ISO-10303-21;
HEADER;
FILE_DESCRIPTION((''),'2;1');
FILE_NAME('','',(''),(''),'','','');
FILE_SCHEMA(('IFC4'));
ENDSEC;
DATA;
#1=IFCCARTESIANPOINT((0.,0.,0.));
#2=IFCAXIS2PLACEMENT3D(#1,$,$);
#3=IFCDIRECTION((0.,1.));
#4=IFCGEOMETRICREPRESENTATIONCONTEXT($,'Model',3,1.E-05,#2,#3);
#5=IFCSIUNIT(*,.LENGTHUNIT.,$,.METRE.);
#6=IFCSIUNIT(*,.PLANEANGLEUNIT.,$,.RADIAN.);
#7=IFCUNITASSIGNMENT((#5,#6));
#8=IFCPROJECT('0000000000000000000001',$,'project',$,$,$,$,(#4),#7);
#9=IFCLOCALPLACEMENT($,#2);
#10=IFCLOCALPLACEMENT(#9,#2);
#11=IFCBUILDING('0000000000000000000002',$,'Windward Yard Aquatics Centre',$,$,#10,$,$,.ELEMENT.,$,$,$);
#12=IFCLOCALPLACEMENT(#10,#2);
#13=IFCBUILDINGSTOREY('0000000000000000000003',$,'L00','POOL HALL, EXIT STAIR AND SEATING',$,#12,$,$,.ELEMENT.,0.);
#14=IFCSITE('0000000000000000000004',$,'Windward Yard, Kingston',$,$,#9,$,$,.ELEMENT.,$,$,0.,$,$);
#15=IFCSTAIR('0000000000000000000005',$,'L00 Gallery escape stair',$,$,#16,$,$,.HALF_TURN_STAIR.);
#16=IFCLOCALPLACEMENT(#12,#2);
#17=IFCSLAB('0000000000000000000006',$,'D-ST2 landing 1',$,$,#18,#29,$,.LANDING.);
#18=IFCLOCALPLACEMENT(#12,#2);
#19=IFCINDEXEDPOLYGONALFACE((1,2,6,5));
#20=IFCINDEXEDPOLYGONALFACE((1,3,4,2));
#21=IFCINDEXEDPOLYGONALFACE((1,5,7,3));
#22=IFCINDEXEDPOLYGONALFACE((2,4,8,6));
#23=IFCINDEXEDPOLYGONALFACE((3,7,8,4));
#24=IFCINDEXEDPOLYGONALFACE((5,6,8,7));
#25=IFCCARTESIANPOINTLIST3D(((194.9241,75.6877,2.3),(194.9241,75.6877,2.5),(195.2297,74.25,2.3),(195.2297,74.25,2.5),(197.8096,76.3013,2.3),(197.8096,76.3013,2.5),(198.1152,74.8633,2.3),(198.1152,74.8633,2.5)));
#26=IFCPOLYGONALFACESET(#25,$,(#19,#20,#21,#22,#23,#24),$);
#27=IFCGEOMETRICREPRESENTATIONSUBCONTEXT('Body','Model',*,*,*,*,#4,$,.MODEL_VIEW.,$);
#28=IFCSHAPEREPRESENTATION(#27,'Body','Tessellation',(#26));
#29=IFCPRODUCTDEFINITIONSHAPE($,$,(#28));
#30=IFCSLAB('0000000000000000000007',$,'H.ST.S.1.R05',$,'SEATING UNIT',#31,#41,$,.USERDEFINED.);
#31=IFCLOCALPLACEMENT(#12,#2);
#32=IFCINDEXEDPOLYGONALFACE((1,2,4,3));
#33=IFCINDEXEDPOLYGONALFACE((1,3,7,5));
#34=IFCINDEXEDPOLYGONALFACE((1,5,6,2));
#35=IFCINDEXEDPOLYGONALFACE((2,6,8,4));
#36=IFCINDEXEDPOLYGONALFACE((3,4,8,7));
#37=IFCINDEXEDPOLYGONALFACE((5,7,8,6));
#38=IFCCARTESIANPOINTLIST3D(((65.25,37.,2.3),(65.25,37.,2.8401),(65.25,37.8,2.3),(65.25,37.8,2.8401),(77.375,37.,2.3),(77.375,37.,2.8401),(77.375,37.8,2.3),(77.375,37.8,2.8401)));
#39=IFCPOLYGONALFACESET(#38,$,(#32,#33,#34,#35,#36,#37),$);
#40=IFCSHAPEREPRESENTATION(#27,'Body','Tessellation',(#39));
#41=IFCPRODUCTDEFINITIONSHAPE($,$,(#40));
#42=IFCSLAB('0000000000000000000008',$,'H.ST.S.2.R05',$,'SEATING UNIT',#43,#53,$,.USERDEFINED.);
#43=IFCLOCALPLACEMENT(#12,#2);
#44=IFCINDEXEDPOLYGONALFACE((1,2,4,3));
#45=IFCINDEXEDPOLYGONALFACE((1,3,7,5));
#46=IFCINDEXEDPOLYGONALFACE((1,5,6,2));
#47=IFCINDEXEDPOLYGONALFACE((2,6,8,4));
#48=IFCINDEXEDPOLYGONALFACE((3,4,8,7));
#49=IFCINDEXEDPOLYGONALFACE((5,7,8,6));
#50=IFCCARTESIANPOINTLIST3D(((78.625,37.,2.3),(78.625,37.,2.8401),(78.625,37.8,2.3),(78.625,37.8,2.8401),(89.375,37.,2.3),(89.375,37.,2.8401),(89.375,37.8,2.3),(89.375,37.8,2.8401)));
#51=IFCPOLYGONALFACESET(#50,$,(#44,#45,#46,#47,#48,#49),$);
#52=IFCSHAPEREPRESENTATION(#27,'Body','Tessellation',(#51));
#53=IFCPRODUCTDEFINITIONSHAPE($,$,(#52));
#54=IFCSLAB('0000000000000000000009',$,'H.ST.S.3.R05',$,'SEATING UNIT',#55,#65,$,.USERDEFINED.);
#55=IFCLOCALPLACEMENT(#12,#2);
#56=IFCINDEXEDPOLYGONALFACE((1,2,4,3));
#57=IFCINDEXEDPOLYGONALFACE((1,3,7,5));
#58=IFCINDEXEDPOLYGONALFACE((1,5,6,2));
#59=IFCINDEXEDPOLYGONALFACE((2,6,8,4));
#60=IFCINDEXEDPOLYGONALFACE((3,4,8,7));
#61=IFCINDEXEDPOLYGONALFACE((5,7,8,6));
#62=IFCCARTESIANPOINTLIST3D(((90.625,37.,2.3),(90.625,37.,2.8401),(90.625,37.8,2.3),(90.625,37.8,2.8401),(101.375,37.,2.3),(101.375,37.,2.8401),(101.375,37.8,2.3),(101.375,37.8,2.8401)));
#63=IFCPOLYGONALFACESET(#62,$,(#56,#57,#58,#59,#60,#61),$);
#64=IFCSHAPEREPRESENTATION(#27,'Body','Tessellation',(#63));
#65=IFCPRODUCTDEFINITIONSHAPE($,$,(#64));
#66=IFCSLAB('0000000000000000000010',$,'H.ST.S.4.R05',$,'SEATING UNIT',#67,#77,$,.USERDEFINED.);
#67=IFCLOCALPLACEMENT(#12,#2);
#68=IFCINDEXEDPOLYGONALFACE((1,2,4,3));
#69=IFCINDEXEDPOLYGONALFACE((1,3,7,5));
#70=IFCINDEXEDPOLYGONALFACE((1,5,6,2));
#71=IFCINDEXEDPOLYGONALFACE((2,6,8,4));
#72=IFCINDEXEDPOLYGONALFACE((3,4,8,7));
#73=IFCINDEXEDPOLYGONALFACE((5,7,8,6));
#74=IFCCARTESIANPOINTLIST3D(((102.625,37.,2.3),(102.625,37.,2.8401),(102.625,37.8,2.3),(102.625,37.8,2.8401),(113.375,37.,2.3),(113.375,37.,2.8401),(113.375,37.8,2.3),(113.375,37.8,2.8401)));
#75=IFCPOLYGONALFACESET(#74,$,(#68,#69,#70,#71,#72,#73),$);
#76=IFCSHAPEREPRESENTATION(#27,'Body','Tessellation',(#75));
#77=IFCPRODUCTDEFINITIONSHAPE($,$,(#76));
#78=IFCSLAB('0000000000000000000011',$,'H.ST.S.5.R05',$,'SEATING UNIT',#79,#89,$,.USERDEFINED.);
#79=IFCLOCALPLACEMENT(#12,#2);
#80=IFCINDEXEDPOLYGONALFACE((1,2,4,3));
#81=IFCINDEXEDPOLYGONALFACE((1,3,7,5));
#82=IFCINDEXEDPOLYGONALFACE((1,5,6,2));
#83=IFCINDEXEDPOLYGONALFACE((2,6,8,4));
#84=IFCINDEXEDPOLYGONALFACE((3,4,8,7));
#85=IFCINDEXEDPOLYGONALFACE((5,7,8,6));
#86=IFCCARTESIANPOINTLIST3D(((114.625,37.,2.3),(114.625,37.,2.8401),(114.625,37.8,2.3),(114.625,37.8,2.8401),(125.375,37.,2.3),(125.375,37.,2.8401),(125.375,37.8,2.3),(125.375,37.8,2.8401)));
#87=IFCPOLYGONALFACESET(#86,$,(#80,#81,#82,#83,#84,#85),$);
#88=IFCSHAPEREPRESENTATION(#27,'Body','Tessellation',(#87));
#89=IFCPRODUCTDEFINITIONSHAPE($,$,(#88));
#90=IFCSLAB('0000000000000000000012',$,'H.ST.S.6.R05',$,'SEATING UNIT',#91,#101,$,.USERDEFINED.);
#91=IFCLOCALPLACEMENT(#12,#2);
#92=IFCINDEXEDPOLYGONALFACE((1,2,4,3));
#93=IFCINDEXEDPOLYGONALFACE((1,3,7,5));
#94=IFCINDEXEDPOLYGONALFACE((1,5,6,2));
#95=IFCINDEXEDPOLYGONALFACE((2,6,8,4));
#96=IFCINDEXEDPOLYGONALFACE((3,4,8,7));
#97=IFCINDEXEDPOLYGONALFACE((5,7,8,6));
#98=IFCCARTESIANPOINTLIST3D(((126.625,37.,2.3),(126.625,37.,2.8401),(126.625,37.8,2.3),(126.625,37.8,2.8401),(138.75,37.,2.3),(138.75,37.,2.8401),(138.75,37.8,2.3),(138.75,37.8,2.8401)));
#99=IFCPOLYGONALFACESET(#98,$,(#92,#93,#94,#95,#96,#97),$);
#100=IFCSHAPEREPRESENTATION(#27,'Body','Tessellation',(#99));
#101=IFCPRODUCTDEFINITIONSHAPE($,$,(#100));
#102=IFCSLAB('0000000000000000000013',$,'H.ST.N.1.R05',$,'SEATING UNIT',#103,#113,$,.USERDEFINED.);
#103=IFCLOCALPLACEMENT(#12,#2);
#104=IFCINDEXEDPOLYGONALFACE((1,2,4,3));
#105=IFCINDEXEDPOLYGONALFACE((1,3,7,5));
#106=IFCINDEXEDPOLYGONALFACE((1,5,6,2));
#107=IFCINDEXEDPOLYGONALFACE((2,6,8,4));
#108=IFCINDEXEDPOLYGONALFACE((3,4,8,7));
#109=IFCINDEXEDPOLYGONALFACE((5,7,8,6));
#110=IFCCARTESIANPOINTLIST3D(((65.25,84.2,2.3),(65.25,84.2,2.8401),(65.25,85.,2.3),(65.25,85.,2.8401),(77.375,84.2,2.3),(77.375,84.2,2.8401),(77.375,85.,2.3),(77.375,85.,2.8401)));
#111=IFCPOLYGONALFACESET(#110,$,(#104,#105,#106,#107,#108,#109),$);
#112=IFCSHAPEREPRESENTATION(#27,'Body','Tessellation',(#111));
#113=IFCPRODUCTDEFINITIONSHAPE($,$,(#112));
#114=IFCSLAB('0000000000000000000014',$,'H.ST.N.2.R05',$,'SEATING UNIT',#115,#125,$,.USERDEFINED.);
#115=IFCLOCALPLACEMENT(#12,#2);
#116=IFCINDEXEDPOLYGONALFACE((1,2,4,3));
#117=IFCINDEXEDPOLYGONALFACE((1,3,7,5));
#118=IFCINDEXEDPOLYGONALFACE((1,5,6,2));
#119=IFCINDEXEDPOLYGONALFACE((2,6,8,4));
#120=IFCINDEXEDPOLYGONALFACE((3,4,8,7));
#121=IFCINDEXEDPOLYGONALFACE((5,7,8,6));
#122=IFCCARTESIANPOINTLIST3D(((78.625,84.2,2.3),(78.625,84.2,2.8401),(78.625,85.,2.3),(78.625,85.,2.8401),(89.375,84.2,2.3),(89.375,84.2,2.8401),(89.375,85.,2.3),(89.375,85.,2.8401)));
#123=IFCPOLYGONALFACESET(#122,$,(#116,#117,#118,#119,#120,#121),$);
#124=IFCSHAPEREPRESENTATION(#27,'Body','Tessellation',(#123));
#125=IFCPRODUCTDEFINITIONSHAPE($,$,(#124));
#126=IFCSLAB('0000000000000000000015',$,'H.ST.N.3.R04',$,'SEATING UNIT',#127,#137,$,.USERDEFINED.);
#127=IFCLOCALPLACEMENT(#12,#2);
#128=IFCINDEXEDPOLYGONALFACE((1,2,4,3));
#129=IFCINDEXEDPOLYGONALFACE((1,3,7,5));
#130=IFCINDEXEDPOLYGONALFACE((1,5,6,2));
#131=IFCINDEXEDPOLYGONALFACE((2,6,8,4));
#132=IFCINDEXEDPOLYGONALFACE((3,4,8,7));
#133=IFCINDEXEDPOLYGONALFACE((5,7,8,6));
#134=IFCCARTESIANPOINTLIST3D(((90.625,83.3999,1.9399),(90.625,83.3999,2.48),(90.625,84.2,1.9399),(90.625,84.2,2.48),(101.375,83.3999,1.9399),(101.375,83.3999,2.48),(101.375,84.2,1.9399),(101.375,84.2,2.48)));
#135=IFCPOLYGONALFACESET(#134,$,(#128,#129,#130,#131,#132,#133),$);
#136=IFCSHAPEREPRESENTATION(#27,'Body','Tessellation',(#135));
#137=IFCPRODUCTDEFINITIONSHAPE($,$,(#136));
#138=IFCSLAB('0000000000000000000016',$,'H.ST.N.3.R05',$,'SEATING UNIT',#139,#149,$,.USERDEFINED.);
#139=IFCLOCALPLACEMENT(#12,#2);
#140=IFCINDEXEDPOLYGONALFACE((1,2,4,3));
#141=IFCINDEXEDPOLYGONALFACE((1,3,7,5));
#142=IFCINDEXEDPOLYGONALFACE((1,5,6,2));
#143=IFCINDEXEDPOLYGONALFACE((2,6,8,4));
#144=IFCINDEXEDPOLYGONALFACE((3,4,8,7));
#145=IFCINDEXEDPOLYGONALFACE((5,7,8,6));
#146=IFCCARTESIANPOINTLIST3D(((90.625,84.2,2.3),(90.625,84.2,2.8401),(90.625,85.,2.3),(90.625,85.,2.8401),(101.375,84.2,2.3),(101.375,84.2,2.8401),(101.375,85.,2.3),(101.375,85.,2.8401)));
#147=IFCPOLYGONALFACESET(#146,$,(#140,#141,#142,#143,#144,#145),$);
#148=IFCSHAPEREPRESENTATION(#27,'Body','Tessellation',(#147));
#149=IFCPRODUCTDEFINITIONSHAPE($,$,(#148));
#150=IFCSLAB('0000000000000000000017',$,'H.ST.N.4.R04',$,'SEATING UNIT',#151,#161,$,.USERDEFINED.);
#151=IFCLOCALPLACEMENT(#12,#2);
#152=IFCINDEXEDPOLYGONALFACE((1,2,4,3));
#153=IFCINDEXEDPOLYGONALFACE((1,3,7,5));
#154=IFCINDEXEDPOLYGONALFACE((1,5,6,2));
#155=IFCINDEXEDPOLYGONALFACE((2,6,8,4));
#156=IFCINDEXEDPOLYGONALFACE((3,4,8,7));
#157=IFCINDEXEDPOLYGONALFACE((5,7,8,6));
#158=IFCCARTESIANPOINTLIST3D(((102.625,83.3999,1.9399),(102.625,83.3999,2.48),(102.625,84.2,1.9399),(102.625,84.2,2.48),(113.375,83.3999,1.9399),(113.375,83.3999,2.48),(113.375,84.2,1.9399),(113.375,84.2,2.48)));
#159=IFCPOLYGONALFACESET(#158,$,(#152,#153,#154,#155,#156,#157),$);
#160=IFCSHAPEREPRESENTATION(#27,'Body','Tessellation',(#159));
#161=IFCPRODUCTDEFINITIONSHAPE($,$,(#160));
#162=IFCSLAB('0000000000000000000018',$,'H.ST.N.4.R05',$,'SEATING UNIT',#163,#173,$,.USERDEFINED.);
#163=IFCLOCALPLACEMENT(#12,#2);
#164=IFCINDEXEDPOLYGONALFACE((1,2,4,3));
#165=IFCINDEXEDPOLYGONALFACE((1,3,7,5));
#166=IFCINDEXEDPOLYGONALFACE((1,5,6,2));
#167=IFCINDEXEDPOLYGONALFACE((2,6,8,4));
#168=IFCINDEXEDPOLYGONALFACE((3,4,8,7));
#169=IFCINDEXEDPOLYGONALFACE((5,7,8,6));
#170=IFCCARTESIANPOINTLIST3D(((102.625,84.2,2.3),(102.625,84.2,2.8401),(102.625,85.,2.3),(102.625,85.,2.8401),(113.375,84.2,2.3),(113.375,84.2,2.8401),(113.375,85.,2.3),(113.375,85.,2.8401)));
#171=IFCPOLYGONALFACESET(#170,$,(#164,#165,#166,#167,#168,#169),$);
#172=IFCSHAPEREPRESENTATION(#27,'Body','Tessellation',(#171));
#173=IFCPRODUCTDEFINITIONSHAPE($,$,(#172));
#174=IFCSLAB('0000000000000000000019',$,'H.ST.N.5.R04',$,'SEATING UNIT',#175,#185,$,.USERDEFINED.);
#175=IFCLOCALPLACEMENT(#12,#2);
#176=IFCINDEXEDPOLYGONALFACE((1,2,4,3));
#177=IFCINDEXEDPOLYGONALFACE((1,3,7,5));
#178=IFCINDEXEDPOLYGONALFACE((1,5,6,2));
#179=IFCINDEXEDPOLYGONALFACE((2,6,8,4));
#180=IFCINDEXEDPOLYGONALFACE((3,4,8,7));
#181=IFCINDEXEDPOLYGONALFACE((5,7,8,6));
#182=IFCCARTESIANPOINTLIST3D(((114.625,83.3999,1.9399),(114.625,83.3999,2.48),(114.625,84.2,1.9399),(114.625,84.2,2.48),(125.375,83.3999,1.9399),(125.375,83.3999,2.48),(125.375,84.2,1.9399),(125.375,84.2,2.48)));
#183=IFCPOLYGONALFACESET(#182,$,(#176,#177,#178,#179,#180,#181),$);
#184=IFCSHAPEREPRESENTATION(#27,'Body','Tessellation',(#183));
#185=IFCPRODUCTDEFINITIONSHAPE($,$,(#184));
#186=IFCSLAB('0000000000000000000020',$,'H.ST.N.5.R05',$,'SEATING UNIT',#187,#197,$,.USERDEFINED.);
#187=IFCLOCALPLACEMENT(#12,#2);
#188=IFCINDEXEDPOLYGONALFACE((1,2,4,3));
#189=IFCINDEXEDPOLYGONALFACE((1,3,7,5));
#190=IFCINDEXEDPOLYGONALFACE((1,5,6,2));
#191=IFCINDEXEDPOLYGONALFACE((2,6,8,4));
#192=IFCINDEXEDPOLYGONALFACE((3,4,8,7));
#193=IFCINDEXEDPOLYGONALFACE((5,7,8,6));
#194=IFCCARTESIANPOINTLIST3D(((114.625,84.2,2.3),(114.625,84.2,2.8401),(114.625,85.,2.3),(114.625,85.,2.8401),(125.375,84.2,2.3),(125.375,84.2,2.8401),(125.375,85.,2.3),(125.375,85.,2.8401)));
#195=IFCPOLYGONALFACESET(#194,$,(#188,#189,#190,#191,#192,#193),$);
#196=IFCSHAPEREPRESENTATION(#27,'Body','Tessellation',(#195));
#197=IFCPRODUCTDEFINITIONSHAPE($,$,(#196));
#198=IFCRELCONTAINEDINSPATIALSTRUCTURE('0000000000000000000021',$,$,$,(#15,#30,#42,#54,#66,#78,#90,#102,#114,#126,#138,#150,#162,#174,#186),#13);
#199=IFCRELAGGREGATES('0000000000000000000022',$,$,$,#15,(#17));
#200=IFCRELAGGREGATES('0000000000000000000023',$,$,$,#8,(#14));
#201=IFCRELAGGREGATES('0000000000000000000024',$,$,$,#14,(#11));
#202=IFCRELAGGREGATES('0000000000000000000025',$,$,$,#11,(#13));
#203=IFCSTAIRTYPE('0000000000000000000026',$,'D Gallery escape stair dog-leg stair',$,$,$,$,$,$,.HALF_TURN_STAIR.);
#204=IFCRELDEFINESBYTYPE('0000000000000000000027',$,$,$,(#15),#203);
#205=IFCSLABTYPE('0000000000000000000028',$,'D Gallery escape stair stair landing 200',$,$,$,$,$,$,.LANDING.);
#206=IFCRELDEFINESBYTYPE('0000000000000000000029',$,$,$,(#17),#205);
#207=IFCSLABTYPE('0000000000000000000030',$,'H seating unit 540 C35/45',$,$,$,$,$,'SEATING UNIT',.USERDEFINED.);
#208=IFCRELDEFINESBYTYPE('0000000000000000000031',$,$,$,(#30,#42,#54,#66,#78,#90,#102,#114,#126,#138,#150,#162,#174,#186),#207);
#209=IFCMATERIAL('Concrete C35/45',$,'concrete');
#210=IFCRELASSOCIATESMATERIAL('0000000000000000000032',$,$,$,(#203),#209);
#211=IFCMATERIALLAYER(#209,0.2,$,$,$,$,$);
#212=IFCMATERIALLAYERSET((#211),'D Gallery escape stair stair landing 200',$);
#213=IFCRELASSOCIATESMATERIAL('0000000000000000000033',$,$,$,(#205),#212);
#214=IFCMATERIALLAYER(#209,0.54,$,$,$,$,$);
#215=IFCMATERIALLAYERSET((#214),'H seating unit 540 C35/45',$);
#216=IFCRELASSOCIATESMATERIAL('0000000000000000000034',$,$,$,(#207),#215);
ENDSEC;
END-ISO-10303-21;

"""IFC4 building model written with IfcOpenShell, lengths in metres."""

from ifc_helpers import new_model, si_unit, direction, frame, origin, place, context, subcontext, project, spatial, polyline, outline, extrude, material, layer, layer_set, type_object, element, aggregate, save


model = new_model("IFC4")

# Units and contexts
model_context = context("Model", 3, precision=1e-05, world=origin(), true_north=direction((0.0, 1.0)))
body_context = subcontext(model_context, "Body", "Model", "MODEL_VIEW")
ifc_project = project(units=[si_unit("LENGTHUNIT", "METRE"), si_unit("PLANEANGLEUNIT", "RADIAN")], contexts=[model_context])

# Site, building, storey
site_placement = place(None, origin())
site = spatial("IfcSite", under=ifc_project, at=site_placement, Name="Windward Yard, Kingston", CompositionType="ELEMENT", RefElevation=0.0)
building_placement = place(site_placement, origin())
building = spatial("IfcBuilding", under=site, at=building_placement, Name="Windward Yard Aquatics Centre", CompositionType="ELEMENT")
storey_placement = place(building_placement, origin())
storey = spatial("IfcBuildingStorey", under=building, at=storey_placement, Name="L00", Description="POOL HALL, EXIT STAIR AND SEATING", CompositionType="ELEMENT", Elevation=0.0)

# Stair, slab
ifc_material_1 = material(Name="Concrete C35/45", Category="concrete")
stair_type = type_object("IfcStairType", Name="D Gallery escape stair dog-leg stair", PredefinedType="HALF_TURN_STAIR", material=ifc_material_1)
stair_placement = place(storey_placement, origin())
stair = element("IfcStair", 1, at=stair_placement, inside=storey, type_object=stair_type, Name="L00 Gallery escape stair", PredefinedType="HALF_TURN_STAIR")
ifc_layer_1 = layer(ifc_material_1, 0.2)
ifc_layer_set_1 = layer_set([ifc_layer_1], Name="D Gallery escape stair stair landing 200")
slab_type_1 = type_object("IfcSlabType", Name="D Gallery escape stair stair landing 200", PredefinedType="LANDING", material=ifc_layer_set_1)
slab_1_placement = place(storey_placement, frame((0.0, 0.0, 2.3)))
slab_1 = element("IfcSlab", 2, at=slab_1_placement, type_object=slab_type_1, Name="D-ST2 landing 1", PredefinedType="LANDING", context=body_context, shape_type="SweptSolid", body=[
    extrude(outline(polyline([(194.9241, 75.6877), (195.2297, 74.25), (198.1152, 74.8633), (197.8096, 76.3013), (194.9241, 75.6877)])), origin(), (0.0, 0.0, 1.0), 0.2),
])
aggregate(stair, [slab_1])

# Slabs
ifc_layer_2 = layer(ifc_material_1, 0.54)
ifc_layer_set_2 = layer_set([ifc_layer_2], Name="H seating unit 540 C35/45")
slab_type_2 = type_object("IfcSlabType", Name="H seating unit 540 C35/45", ElementType="SEATING UNIT", PredefinedType="USERDEFINED", material=ifc_layer_set_2)
slab_2_placement = place(storey_placement, frame((0.0, 0.0, 2.3)))
element("IfcSlab", 3, at=slab_2_placement, inside=storey, type_object=slab_type_2, Name="H.ST.S.1.R05", ObjectType="SEATING UNIT", PredefinedType="USERDEFINED", context=body_context, shape_type="SweptSolid", body=[
    extrude(outline(polyline([(65.25, 37.0), (77.375, 37.0), (77.375, 37.8), (65.25, 37.8), (65.25, 37.0)])), origin(), (0.0, 0.0, 1.0), 0.54),
])
slab_3_placement = place(storey_placement, frame((0.0, 0.0, 2.3)))
element("IfcSlab", 4, at=slab_3_placement, inside=storey, type_object=slab_type_2, Name="H.ST.S.2.R05", ObjectType="SEATING UNIT", PredefinedType="USERDEFINED", context=body_context, shape_type="SweptSolid", body=[
    extrude(outline(polyline([(78.625, 37.0), (89.375, 37.0), (89.375, 37.8), (78.625, 37.8), (78.625, 37.0)])), origin(), (0.0, 0.0, 1.0), 0.54),
])
slab_4_placement = place(storey_placement, frame((0.0, 0.0, 2.3)))
element("IfcSlab", 5, at=slab_4_placement, inside=storey, type_object=slab_type_2, Name="H.ST.S.3.R05", ObjectType="SEATING UNIT", PredefinedType="USERDEFINED", context=body_context, shape_type="SweptSolid", body=[
    extrude(outline(polyline([(90.625, 37.0), (101.375, 37.0), (101.375, 37.8), (90.625, 37.8), (90.625, 37.0)])), origin(), (0.0, 0.0, 1.0), 0.54),
])
slab_5_placement = place(storey_placement, frame((0.0, 0.0, 2.3)))
element("IfcSlab", 6, at=slab_5_placement, inside=storey, type_object=slab_type_2, Name="H.ST.S.4.R05", ObjectType="SEATING UNIT", PredefinedType="USERDEFINED", context=body_context, shape_type="SweptSolid", body=[
    extrude(outline(polyline([(102.625, 37.0), (113.375, 37.0), (113.375, 37.8), (102.625, 37.8), (102.625, 37.0)])), origin(), (0.0, 0.0, 1.0), 0.54),
])
slab_6_placement = place(storey_placement, frame((0.0, 0.0, 2.3)))
element("IfcSlab", 7, at=slab_6_placement, inside=storey, type_object=slab_type_2, Name="H.ST.S.5.R05", ObjectType="SEATING UNIT", PredefinedType="USERDEFINED", context=body_context, shape_type="SweptSolid", body=[
    extrude(outline(polyline([(114.625, 37.0), (125.375, 37.0), (125.375, 37.8), (114.625, 37.8), (114.625, 37.0)])), origin(), (0.0, 0.0, 1.0), 0.54),
])
slab_7_placement = place(storey_placement, frame((0.0, 0.0, 2.3)))
element("IfcSlab", 8, at=slab_7_placement, inside=storey, type_object=slab_type_2, Name="H.ST.S.6.R05", ObjectType="SEATING UNIT", PredefinedType="USERDEFINED", context=body_context, shape_type="SweptSolid", body=[
    extrude(outline(polyline([(126.625, 37.0), (138.75, 37.0), (138.75, 37.8), (126.625, 37.8), (126.625, 37.0)])), origin(), (0.0, 0.0, 1.0), 0.54),
])
slab_8_placement = place(storey_placement, frame((0.0, 0.0, 2.3)))
element("IfcSlab", 9, at=slab_8_placement, inside=storey, type_object=slab_type_2, Name="H.ST.N.1.R05", ObjectType="SEATING UNIT", PredefinedType="USERDEFINED", context=body_context, shape_type="SweptSolid", body=[
    extrude(outline(polyline([(65.25, 84.2), (77.375, 84.2), (77.375, 85.0), (65.25, 85.0), (65.25, 84.2)])), origin(), (0.0, 0.0, 1.0), 0.54),
])
slab_9_placement = place(storey_placement, frame((0.0, 0.0, 2.3)))
element("IfcSlab", 10, at=slab_9_placement, inside=storey, type_object=slab_type_2, Name="H.ST.N.2.R05", ObjectType="SEATING UNIT", PredefinedType="USERDEFINED", context=body_context, shape_type="SweptSolid", body=[
    extrude(outline(polyline([(78.625, 84.2), (89.375, 84.2), (89.375, 85.0), (78.625, 85.0), (78.625, 84.2)])), origin(), (0.0, 0.0, 1.0), 0.54),
])
slab_10_placement = place(storey_placement, frame((0.0, 0.0, 1.9399)))
element("IfcSlab", 11, at=slab_10_placement, inside=storey, type_object=slab_type_2, Name="H.ST.N.3.R04", ObjectType="SEATING UNIT", PredefinedType="USERDEFINED", context=body_context, shape_type="SweptSolid", body=[
    extrude(outline(polyline([(90.625, 83.3999), (101.375, 83.3999), (101.375, 84.2), (90.625, 84.2), (90.625, 83.3999)])), origin(), (0.0, 0.0, 1.0), 0.54),
])
slab_11_placement = place(storey_placement, frame((0.0, 0.0, 2.3)))
element("IfcSlab", 12, at=slab_11_placement, inside=storey, type_object=slab_type_2, Name="H.ST.N.3.R05", ObjectType="SEATING UNIT", PredefinedType="USERDEFINED", context=body_context, shape_type="SweptSolid", body=[
    extrude(outline(polyline([(90.625, 84.2), (101.375, 84.2), (101.375, 85.0), (90.625, 85.0), (90.625, 84.2)])), origin(), (0.0, 0.0, 1.0), 0.54),
])
slab_12_placement = place(storey_placement, frame((0.0, 0.0, 1.9399)))
element("IfcSlab", 13, at=slab_12_placement, inside=storey, type_object=slab_type_2, Name="H.ST.N.4.R04", ObjectType="SEATING UNIT", PredefinedType="USERDEFINED", context=body_context, shape_type="SweptSolid", body=[
    extrude(outline(polyline([(102.625, 83.3999), (113.375, 83.3999), (113.375, 84.2), (102.625, 84.2), (102.625, 83.3999)])), origin(), (0.0, 0.0, 1.0), 0.54),
])
slab_13_placement = place(storey_placement, frame((0.0, 0.0, 2.3)))
element("IfcSlab", 14, at=slab_13_placement, inside=storey, type_object=slab_type_2, Name="H.ST.N.4.R05", ObjectType="SEATING UNIT", PredefinedType="USERDEFINED", context=body_context, shape_type="SweptSolid", body=[
    extrude(outline(polyline([(102.625, 84.2), (113.375, 84.2), (113.375, 85.0), (102.625, 85.0), (102.625, 84.2)])), origin(), (0.0, 0.0, 1.0), 0.54),
])
slab_14_placement = place(storey_placement, frame((0.0, 0.0, 1.9399)))
element("IfcSlab", 15, at=slab_14_placement, inside=storey, type_object=slab_type_2, Name="H.ST.N.5.R04", ObjectType="SEATING UNIT", PredefinedType="USERDEFINED", context=body_context, shape_type="SweptSolid", body=[
    extrude(outline(polyline([(114.625, 83.3999), (125.375, 83.3999), (125.375, 84.2), (114.625, 84.2), (114.625, 83.3999)])), origin(), (0.0, 0.0, 1.0), 0.54),
])
slab_15_placement = place(storey_placement, frame((0.0, 0.0, 2.3)))
element("IfcSlab", 16, at=slab_15_placement, inside=storey, type_object=slab_type_2, Name="H.ST.N.5.R05", ObjectType="SEATING UNIT", PredefinedType="USERDEFINED", context=body_context, shape_type="SweptSolid", body=[
    extrude(outline(polyline([(114.625, 84.2), (125.375, 84.2), (125.375, 85.0), (114.625, 85.0), (114.625, 84.2)])), origin(), (0.0, 0.0, 1.0), 0.54),
])

save(model, "model.ifc")
